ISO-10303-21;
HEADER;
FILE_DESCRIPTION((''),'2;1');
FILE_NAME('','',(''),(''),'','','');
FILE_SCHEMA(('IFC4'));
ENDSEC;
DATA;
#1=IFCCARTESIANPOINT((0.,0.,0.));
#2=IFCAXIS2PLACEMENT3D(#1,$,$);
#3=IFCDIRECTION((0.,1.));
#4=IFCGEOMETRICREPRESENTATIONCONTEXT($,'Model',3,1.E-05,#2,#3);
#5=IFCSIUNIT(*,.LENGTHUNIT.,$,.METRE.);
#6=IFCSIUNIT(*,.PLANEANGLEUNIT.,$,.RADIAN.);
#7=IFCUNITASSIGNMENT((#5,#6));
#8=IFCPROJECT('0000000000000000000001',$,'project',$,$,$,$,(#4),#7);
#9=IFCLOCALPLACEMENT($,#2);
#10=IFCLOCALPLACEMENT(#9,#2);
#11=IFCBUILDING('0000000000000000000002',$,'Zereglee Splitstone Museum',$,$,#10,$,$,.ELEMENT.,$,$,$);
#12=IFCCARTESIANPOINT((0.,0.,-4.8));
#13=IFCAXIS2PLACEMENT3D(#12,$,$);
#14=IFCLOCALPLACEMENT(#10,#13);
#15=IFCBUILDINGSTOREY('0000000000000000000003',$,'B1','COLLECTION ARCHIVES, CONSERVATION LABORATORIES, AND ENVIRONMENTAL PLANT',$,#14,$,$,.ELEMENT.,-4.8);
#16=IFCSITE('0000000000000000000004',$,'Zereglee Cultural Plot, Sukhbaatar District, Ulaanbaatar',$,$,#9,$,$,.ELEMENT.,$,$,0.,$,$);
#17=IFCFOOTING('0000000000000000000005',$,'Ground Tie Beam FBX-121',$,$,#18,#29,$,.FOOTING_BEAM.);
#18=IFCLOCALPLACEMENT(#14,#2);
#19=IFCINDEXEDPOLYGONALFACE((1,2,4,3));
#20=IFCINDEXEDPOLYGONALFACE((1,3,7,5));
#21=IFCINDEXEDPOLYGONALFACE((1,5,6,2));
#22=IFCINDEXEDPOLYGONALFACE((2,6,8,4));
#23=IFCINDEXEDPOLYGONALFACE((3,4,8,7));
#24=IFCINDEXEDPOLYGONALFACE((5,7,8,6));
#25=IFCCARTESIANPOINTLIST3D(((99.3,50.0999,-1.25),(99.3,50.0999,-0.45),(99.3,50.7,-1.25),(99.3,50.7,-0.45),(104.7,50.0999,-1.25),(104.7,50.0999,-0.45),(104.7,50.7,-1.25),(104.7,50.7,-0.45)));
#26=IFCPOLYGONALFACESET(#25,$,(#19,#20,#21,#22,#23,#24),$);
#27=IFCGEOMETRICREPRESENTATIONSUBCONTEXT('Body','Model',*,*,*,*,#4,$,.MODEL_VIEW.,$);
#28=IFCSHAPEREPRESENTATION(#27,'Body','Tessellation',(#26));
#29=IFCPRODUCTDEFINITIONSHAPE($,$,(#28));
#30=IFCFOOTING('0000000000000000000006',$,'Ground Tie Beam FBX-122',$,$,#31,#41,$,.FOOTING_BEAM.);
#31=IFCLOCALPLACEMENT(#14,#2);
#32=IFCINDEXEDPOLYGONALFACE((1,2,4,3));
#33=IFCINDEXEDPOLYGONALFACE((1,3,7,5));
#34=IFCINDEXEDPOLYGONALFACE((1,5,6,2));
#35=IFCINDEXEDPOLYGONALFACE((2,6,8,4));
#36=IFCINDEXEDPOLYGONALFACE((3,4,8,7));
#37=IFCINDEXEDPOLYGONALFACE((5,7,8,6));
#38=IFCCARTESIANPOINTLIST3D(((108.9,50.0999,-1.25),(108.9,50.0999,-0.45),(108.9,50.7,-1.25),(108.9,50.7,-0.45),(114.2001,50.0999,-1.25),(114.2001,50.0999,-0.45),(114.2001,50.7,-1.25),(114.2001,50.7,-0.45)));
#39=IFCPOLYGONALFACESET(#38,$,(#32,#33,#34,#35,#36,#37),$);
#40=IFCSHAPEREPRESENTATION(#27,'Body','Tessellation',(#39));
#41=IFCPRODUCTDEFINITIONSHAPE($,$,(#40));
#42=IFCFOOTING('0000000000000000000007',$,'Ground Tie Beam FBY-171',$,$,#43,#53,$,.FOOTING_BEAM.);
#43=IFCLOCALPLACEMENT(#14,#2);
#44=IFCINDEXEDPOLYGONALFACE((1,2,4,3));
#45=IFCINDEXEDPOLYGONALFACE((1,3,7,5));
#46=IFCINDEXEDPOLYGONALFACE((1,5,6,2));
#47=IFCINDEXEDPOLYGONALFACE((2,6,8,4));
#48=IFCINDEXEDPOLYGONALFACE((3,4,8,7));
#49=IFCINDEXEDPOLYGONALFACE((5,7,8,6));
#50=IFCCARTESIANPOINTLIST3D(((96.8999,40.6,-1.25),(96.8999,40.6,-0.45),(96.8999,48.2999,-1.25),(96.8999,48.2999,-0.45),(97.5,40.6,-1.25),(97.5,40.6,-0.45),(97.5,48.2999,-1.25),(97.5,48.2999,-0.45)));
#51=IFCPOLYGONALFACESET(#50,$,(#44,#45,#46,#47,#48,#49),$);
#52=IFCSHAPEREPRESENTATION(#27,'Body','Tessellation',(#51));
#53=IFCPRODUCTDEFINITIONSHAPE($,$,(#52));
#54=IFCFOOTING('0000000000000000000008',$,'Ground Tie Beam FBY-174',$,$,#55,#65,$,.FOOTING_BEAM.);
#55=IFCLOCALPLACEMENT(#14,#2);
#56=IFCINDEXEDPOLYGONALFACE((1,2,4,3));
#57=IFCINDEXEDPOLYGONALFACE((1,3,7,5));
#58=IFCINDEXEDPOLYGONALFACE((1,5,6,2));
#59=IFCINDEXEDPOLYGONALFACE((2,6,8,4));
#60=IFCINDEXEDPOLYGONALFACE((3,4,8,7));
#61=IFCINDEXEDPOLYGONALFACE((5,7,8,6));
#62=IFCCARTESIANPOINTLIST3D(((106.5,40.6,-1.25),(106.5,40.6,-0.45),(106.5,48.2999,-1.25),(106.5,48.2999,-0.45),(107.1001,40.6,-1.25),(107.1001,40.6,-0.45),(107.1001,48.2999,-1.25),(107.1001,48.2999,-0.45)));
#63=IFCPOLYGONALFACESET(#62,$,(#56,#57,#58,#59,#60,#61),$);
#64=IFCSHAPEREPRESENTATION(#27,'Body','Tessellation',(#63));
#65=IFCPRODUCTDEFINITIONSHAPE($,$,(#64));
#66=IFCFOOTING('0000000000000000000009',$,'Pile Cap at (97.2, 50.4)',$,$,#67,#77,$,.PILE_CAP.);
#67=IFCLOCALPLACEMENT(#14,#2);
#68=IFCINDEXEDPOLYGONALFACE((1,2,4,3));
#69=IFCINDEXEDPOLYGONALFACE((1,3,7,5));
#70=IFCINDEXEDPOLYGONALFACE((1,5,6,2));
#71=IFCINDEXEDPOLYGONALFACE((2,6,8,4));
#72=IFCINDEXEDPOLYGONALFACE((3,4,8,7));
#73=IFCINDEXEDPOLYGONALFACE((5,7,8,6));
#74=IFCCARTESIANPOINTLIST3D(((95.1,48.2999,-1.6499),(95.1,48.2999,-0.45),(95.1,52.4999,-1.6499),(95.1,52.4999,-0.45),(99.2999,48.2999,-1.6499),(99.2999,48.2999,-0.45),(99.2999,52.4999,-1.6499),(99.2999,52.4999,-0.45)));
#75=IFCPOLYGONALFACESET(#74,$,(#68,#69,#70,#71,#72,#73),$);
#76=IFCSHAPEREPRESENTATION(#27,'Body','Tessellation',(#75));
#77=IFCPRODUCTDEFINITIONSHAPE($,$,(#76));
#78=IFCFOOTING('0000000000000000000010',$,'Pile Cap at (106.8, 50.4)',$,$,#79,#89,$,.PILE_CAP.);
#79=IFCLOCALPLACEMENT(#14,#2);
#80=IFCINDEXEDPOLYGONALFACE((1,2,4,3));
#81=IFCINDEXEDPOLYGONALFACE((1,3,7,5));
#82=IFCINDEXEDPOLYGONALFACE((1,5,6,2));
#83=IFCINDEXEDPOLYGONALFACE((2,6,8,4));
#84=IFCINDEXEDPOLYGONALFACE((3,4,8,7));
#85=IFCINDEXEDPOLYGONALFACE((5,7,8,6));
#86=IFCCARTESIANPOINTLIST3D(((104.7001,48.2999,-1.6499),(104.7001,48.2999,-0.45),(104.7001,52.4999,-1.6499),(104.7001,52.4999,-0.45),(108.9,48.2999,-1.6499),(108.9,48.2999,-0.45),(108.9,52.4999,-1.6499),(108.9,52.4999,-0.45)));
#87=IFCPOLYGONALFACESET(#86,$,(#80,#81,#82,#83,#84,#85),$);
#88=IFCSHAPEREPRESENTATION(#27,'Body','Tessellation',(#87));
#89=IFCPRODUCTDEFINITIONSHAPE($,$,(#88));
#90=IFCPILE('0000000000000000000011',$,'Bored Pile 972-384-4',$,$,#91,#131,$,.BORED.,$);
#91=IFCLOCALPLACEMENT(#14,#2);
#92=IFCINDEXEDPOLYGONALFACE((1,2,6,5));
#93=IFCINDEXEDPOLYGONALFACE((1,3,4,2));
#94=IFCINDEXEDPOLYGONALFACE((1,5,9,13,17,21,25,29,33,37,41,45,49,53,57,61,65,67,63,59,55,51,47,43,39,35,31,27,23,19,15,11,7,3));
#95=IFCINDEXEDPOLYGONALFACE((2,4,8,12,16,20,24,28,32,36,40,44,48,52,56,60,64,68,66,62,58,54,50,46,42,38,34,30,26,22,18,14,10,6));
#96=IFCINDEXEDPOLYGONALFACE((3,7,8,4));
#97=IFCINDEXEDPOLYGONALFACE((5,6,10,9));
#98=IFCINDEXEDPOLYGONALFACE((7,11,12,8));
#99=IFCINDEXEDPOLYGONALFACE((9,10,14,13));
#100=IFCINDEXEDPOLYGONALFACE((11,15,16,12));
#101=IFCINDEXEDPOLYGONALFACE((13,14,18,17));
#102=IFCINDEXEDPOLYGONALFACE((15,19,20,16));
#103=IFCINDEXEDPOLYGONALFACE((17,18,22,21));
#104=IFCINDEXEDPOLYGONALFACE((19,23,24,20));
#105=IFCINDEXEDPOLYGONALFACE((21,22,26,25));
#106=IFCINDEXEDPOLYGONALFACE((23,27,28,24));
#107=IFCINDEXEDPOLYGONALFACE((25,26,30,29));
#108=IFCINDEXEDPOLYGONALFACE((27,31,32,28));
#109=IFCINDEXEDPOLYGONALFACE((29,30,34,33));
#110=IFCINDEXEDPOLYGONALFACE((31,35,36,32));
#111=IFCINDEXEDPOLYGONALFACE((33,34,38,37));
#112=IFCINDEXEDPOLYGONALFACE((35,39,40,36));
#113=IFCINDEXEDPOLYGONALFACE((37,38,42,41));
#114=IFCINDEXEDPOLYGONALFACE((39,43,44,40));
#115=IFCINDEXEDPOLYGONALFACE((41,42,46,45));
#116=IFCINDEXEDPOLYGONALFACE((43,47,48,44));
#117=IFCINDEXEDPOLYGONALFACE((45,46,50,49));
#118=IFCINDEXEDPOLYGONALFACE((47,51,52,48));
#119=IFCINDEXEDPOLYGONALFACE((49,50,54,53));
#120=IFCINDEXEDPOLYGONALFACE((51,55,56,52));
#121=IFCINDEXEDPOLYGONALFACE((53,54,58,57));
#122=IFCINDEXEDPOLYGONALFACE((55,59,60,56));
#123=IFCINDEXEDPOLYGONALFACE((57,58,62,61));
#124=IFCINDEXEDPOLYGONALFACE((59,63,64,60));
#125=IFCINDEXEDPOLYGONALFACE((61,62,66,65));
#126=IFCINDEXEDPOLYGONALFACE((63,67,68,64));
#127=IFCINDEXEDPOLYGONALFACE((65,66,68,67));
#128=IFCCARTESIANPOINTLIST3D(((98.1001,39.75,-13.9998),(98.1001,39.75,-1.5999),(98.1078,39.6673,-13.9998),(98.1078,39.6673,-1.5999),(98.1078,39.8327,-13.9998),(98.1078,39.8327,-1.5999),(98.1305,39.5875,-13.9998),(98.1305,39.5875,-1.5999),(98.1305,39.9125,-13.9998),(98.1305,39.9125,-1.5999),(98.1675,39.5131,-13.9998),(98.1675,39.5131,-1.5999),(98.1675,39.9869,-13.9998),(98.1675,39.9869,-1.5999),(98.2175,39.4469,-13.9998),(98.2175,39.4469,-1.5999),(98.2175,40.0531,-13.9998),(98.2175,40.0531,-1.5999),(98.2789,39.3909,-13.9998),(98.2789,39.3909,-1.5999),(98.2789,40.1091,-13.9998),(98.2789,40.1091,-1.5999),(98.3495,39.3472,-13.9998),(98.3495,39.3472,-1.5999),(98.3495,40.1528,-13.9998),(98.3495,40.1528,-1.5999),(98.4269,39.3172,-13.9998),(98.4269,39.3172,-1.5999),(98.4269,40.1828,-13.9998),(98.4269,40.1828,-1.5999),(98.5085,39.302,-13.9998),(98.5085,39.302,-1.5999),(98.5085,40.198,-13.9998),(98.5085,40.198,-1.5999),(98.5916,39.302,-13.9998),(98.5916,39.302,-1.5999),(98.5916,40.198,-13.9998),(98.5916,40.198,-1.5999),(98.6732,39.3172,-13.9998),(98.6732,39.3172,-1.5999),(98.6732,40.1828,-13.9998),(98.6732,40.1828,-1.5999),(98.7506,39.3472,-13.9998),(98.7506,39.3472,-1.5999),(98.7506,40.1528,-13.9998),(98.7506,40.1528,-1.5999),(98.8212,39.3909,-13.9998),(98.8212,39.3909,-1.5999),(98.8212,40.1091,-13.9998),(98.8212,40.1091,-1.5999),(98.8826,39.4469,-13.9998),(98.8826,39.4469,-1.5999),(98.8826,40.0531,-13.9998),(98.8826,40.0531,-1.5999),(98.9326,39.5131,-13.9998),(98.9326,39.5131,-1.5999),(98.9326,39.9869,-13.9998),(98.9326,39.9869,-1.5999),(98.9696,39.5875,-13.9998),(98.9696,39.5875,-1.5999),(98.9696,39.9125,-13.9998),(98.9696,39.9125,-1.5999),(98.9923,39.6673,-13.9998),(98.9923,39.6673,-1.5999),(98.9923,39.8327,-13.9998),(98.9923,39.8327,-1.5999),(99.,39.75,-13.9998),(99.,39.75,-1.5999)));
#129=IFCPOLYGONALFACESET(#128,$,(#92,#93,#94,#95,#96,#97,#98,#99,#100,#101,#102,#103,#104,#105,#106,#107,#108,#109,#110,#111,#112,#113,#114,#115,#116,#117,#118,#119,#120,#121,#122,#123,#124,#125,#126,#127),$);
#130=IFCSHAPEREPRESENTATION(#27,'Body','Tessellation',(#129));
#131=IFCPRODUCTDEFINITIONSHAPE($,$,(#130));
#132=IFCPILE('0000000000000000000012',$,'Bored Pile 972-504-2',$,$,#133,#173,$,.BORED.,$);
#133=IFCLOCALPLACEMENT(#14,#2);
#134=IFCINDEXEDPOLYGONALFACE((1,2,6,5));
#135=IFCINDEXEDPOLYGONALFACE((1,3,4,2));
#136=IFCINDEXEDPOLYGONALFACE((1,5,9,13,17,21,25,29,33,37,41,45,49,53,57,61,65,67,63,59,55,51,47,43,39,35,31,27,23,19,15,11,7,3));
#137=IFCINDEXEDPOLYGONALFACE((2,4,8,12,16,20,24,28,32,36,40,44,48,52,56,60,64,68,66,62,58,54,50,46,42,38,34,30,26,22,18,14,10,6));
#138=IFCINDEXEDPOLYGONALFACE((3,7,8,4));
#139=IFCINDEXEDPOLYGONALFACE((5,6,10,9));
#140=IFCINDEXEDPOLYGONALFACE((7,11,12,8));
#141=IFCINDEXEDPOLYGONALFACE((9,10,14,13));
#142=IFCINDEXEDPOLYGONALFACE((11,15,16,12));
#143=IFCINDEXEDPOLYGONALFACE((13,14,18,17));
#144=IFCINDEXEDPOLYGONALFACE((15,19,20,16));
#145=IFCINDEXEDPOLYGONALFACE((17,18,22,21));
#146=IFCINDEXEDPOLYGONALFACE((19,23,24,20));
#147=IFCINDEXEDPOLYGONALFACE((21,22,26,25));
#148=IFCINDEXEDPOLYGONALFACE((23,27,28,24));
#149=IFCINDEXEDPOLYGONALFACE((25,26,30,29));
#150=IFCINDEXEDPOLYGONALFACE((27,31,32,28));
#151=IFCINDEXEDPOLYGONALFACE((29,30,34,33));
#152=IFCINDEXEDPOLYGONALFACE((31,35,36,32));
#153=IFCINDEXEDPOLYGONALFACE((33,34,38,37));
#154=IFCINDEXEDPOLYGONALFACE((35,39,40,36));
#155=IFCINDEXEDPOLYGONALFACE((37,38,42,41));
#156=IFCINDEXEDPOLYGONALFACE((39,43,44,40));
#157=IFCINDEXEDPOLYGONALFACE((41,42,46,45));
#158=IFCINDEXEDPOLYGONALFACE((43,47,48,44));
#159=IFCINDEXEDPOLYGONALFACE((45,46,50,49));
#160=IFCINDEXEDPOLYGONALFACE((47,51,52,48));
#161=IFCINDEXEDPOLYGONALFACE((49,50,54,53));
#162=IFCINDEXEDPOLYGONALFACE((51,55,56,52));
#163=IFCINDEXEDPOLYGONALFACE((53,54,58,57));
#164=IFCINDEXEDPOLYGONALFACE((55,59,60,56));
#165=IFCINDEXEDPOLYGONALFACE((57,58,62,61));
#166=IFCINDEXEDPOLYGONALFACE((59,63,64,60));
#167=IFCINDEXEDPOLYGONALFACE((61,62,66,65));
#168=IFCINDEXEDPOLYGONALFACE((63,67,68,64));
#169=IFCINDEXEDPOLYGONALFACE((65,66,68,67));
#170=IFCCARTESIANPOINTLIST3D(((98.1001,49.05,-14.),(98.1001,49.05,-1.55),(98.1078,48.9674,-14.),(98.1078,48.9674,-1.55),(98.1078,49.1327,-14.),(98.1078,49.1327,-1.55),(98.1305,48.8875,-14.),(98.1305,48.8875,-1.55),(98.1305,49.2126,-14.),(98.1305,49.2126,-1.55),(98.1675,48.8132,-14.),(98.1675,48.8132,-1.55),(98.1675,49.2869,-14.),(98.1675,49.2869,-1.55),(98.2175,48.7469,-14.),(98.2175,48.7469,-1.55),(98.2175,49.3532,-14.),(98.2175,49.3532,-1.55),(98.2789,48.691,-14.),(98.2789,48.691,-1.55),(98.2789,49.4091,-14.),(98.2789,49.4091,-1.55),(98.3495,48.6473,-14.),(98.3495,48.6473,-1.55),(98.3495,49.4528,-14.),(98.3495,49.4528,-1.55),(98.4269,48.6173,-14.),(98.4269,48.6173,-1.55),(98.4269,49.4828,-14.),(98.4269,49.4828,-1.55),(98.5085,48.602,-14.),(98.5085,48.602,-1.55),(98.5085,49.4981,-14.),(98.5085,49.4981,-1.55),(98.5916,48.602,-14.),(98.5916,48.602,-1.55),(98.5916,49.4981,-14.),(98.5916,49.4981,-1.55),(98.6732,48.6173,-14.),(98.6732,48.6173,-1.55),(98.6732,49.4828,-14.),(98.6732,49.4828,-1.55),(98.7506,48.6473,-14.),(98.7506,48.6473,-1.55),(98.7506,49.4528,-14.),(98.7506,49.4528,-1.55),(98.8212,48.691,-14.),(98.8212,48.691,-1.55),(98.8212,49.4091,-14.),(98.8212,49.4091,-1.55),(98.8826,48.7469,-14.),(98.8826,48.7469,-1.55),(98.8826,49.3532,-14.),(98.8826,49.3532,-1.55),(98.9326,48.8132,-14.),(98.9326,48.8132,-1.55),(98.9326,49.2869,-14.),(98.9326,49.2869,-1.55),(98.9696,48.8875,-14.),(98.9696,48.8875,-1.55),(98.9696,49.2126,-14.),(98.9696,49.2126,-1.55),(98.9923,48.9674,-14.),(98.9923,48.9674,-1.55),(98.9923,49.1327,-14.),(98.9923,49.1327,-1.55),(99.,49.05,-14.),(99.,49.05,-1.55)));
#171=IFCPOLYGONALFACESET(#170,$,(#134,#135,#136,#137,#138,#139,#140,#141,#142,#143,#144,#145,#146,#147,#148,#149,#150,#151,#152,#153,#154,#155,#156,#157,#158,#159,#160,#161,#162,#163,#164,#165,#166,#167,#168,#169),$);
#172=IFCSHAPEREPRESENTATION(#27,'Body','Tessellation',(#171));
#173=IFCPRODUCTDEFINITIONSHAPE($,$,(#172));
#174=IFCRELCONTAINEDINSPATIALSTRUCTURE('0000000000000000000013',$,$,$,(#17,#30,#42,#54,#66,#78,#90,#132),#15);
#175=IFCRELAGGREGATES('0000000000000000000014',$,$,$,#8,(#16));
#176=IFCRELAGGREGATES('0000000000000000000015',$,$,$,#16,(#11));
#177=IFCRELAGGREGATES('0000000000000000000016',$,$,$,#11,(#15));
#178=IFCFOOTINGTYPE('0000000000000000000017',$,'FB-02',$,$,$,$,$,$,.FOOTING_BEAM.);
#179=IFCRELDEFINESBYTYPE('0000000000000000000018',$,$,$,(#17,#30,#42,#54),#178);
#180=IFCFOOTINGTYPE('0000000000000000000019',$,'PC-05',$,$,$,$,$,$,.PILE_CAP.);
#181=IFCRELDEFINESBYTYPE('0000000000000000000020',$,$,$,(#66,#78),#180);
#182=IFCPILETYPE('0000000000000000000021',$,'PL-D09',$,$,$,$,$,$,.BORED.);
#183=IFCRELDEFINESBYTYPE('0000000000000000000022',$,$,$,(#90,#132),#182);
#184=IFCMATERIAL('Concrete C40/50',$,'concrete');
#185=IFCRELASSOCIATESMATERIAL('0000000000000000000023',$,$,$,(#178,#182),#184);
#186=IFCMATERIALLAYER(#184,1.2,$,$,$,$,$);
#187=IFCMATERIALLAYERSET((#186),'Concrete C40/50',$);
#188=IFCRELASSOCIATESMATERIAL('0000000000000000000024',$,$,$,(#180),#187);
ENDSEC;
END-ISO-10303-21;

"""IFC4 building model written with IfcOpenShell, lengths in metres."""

from ifc_helpers import new_model, si_unit, direction, frame, origin, origin_2d, place, context, subcontext, project, spatial, rectangle, circle, extrude, material, layer, layer_set, material_profile, profile_set, type_object, element, save


model = new_model("IFC4")

# Units and contexts
model_context = context("Model", 3, precision=1e-05, world=origin(), true_north=direction((0.0, 1.0)))
body_context = subcontext(model_context, "Body", "Model", "MODEL_VIEW")
ifc_project = project(units=[si_unit("LENGTHUNIT", "METRE"), si_unit("PLANEANGLEUNIT", "RADIAN")], contexts=[model_context])

# Site, building, storey
site_placement = place(None, origin())
site = spatial("IfcSite", under=ifc_project, at=site_placement, Name="Zereglee Cultural Plot, Sukhbaatar District, Ulaanbaatar", CompositionType="ELEMENT", RefElevation=0.0)
building_placement = place(site_placement, origin())
building = spatial("IfcBuilding", under=site, at=building_placement, Name="Zereglee Splitstone Museum", CompositionType="ELEMENT")
storey_placement = place(building_placement, frame((0.0, 0.0, -4.8)))
storey = spatial("IfcBuildingStorey", under=building, at=storey_placement, Name="B1", Description="COLLECTION ARCHIVES, CONSERVATION LABORATORIES, AND ENVIRONMENTAL PLANT", CompositionType="ELEMENT", Elevation=-4.8)

# Footings
ifc_material_1 = material(Name="Concrete C40/50", Category="concrete")
footing_type_1 = type_object("IfcFootingType", Name="FB-02", PredefinedType="FOOTING_BEAM", material=ifc_material_1)
footing_1_placement = place(storey_placement, frame((102.0, 50.3999, -1.25), z_axis=(0.0, 0.0, 1.0), x_axis=(1.0, 0.0, 0.0)))
element("IfcFooting", 1, at=footing_1_placement, inside=storey, type_object=footing_type_1, Name="Ground Tie Beam FBX-121", PredefinedType="FOOTING_BEAM", context=body_context, shape_type="SweptSolid", body=[
    extrude(rectangle(XDim=5.3999, YDim=0.6001, at=origin_2d()), origin(), (0.0, 0.0, 1.0), 0.8),
])
footing_2_placement = place(storey_placement, frame((111.55, 50.3999, -1.25), z_axis=(0.0, 0.0, 1.0), x_axis=(1.0, 0.0, 0.0)))
element("IfcFooting", 2, at=footing_2_placement, inside=storey, type_object=footing_type_1, Name="Ground Tie Beam FBX-122", PredefinedType="FOOTING_BEAM", context=body_context, shape_type="SweptSolid", body=[
    extrude(rectangle(XDim=5.3, YDim=0.6001, at=origin_2d()), origin(), (0.0, 0.0, 1.0), 0.8),
])
for number, where, z_axis, x_axis, name in (
    (3, (97.2, 44.45, -1.25), (0.0, 0.0, 1.0), (0.0, 1.0, 0.0), "Ground Tie Beam FBY-171"),
    (4, (106.8, 44.45, -1.25), (0.0, 0.0, 1.0), (0.0, 1.0, 0.0), "Ground Tie Beam FBY-174"),
):
    element("IfcFooting", number, at=place(storey_placement, frame(where, z_axis=z_axis, x_axis=x_axis)), inside=storey, type_object=footing_type_1, Name=name, PredefinedType="FOOTING_BEAM", context=body_context, shape_type="SweptSolid", body=[
        extrude(rectangle(XDim=7.7, YDim=0.6001, at=origin_2d()), origin(), (0.0, 0.0, 1.0), 0.8),
    ])
ifc_layer_1 = layer(ifc_material_1, 1.2)
ifc_layer_set_1 = layer_set([ifc_layer_1], Name="Concrete C40/50")
footing_type_2 = type_object("IfcFootingType", Name="PC-05", PredefinedType="PILE_CAP", material=ifc_layer_set_1)
for number, where, z_axis, x_axis, name in (
    (5, (97.2, 50.3999, -1.6499), (0.0, 0.0, 1.0), (1.0, 0.0, 0.0), "Pile Cap at (97.2, 50.4)"),
    (6, (106.8, 50.3999, -1.6499), (0.0, 0.0, 1.0), (1.0, 0.0, 0.0), "Pile Cap at (106.8, 50.4)"),
):
    element("IfcFooting", number, at=place(storey_placement, frame(where, z_axis=z_axis, x_axis=x_axis)), inside=storey, type_object=footing_type_2, Name=name, PredefinedType="PILE_CAP", context=body_context, shape_type="SweptSolid", body=[
        extrude(rectangle(XDim=4.2, YDim=4.2, at=origin_2d()), origin(), (0.0, 0.0, 1.0), 1.2),
    ])

# Piles
ifc_material_profile_1 = material_profile(ifc_material_1, circle(Radius=0.45, at=origin_2d()), Name="PILE D900")
ifc_profile_set_1 = profile_set([ifc_material_profile_1], Name="Concrete C40/50")
pile_type = type_object("IfcPileType", Name="PL-D09", PredefinedType="BORED", material=ifc_profile_set_1)
pile_placement = place(storey_placement, frame((98.55, 39.75, -1.5999), z_axis=(0.0, 0.0, -1.0), x_axis=(1.0, 0.0, 0.0)))
element("IfcPile", 7, at=pile_placement, inside=storey, type_object=pile_type, Name="Bored Pile 972-384-4", PredefinedType="BORED", context=body_context, shape_type="SweptSolid", body=[
    extrude(circle(Radius=0.45, at=origin_2d()), origin(), (0.0, 0.0, 1.0), 12.3999),
])
for number, where, z_axis, x_axis, name in (
    (8, (98.55, 49.05, -1.55), (0.0, 0.0, -1.0), (1.0, 0.0, 0.0), "Bored Pile 972-504-2"),
):
    element("IfcPile", number, at=place(storey_placement, frame(where, z_axis=z_axis, x_axis=x_axis)), inside=storey, type_object=pile_type, Name=name, PredefinedType="BORED", context=body_context, shape_type="SweptSolid", body=[
        extrude(circle(Radius=0.45, at=origin_2d()), origin(), (0.0, 0.0, 1.0), 12.45),
    ])

save(model, "model.ifc")
